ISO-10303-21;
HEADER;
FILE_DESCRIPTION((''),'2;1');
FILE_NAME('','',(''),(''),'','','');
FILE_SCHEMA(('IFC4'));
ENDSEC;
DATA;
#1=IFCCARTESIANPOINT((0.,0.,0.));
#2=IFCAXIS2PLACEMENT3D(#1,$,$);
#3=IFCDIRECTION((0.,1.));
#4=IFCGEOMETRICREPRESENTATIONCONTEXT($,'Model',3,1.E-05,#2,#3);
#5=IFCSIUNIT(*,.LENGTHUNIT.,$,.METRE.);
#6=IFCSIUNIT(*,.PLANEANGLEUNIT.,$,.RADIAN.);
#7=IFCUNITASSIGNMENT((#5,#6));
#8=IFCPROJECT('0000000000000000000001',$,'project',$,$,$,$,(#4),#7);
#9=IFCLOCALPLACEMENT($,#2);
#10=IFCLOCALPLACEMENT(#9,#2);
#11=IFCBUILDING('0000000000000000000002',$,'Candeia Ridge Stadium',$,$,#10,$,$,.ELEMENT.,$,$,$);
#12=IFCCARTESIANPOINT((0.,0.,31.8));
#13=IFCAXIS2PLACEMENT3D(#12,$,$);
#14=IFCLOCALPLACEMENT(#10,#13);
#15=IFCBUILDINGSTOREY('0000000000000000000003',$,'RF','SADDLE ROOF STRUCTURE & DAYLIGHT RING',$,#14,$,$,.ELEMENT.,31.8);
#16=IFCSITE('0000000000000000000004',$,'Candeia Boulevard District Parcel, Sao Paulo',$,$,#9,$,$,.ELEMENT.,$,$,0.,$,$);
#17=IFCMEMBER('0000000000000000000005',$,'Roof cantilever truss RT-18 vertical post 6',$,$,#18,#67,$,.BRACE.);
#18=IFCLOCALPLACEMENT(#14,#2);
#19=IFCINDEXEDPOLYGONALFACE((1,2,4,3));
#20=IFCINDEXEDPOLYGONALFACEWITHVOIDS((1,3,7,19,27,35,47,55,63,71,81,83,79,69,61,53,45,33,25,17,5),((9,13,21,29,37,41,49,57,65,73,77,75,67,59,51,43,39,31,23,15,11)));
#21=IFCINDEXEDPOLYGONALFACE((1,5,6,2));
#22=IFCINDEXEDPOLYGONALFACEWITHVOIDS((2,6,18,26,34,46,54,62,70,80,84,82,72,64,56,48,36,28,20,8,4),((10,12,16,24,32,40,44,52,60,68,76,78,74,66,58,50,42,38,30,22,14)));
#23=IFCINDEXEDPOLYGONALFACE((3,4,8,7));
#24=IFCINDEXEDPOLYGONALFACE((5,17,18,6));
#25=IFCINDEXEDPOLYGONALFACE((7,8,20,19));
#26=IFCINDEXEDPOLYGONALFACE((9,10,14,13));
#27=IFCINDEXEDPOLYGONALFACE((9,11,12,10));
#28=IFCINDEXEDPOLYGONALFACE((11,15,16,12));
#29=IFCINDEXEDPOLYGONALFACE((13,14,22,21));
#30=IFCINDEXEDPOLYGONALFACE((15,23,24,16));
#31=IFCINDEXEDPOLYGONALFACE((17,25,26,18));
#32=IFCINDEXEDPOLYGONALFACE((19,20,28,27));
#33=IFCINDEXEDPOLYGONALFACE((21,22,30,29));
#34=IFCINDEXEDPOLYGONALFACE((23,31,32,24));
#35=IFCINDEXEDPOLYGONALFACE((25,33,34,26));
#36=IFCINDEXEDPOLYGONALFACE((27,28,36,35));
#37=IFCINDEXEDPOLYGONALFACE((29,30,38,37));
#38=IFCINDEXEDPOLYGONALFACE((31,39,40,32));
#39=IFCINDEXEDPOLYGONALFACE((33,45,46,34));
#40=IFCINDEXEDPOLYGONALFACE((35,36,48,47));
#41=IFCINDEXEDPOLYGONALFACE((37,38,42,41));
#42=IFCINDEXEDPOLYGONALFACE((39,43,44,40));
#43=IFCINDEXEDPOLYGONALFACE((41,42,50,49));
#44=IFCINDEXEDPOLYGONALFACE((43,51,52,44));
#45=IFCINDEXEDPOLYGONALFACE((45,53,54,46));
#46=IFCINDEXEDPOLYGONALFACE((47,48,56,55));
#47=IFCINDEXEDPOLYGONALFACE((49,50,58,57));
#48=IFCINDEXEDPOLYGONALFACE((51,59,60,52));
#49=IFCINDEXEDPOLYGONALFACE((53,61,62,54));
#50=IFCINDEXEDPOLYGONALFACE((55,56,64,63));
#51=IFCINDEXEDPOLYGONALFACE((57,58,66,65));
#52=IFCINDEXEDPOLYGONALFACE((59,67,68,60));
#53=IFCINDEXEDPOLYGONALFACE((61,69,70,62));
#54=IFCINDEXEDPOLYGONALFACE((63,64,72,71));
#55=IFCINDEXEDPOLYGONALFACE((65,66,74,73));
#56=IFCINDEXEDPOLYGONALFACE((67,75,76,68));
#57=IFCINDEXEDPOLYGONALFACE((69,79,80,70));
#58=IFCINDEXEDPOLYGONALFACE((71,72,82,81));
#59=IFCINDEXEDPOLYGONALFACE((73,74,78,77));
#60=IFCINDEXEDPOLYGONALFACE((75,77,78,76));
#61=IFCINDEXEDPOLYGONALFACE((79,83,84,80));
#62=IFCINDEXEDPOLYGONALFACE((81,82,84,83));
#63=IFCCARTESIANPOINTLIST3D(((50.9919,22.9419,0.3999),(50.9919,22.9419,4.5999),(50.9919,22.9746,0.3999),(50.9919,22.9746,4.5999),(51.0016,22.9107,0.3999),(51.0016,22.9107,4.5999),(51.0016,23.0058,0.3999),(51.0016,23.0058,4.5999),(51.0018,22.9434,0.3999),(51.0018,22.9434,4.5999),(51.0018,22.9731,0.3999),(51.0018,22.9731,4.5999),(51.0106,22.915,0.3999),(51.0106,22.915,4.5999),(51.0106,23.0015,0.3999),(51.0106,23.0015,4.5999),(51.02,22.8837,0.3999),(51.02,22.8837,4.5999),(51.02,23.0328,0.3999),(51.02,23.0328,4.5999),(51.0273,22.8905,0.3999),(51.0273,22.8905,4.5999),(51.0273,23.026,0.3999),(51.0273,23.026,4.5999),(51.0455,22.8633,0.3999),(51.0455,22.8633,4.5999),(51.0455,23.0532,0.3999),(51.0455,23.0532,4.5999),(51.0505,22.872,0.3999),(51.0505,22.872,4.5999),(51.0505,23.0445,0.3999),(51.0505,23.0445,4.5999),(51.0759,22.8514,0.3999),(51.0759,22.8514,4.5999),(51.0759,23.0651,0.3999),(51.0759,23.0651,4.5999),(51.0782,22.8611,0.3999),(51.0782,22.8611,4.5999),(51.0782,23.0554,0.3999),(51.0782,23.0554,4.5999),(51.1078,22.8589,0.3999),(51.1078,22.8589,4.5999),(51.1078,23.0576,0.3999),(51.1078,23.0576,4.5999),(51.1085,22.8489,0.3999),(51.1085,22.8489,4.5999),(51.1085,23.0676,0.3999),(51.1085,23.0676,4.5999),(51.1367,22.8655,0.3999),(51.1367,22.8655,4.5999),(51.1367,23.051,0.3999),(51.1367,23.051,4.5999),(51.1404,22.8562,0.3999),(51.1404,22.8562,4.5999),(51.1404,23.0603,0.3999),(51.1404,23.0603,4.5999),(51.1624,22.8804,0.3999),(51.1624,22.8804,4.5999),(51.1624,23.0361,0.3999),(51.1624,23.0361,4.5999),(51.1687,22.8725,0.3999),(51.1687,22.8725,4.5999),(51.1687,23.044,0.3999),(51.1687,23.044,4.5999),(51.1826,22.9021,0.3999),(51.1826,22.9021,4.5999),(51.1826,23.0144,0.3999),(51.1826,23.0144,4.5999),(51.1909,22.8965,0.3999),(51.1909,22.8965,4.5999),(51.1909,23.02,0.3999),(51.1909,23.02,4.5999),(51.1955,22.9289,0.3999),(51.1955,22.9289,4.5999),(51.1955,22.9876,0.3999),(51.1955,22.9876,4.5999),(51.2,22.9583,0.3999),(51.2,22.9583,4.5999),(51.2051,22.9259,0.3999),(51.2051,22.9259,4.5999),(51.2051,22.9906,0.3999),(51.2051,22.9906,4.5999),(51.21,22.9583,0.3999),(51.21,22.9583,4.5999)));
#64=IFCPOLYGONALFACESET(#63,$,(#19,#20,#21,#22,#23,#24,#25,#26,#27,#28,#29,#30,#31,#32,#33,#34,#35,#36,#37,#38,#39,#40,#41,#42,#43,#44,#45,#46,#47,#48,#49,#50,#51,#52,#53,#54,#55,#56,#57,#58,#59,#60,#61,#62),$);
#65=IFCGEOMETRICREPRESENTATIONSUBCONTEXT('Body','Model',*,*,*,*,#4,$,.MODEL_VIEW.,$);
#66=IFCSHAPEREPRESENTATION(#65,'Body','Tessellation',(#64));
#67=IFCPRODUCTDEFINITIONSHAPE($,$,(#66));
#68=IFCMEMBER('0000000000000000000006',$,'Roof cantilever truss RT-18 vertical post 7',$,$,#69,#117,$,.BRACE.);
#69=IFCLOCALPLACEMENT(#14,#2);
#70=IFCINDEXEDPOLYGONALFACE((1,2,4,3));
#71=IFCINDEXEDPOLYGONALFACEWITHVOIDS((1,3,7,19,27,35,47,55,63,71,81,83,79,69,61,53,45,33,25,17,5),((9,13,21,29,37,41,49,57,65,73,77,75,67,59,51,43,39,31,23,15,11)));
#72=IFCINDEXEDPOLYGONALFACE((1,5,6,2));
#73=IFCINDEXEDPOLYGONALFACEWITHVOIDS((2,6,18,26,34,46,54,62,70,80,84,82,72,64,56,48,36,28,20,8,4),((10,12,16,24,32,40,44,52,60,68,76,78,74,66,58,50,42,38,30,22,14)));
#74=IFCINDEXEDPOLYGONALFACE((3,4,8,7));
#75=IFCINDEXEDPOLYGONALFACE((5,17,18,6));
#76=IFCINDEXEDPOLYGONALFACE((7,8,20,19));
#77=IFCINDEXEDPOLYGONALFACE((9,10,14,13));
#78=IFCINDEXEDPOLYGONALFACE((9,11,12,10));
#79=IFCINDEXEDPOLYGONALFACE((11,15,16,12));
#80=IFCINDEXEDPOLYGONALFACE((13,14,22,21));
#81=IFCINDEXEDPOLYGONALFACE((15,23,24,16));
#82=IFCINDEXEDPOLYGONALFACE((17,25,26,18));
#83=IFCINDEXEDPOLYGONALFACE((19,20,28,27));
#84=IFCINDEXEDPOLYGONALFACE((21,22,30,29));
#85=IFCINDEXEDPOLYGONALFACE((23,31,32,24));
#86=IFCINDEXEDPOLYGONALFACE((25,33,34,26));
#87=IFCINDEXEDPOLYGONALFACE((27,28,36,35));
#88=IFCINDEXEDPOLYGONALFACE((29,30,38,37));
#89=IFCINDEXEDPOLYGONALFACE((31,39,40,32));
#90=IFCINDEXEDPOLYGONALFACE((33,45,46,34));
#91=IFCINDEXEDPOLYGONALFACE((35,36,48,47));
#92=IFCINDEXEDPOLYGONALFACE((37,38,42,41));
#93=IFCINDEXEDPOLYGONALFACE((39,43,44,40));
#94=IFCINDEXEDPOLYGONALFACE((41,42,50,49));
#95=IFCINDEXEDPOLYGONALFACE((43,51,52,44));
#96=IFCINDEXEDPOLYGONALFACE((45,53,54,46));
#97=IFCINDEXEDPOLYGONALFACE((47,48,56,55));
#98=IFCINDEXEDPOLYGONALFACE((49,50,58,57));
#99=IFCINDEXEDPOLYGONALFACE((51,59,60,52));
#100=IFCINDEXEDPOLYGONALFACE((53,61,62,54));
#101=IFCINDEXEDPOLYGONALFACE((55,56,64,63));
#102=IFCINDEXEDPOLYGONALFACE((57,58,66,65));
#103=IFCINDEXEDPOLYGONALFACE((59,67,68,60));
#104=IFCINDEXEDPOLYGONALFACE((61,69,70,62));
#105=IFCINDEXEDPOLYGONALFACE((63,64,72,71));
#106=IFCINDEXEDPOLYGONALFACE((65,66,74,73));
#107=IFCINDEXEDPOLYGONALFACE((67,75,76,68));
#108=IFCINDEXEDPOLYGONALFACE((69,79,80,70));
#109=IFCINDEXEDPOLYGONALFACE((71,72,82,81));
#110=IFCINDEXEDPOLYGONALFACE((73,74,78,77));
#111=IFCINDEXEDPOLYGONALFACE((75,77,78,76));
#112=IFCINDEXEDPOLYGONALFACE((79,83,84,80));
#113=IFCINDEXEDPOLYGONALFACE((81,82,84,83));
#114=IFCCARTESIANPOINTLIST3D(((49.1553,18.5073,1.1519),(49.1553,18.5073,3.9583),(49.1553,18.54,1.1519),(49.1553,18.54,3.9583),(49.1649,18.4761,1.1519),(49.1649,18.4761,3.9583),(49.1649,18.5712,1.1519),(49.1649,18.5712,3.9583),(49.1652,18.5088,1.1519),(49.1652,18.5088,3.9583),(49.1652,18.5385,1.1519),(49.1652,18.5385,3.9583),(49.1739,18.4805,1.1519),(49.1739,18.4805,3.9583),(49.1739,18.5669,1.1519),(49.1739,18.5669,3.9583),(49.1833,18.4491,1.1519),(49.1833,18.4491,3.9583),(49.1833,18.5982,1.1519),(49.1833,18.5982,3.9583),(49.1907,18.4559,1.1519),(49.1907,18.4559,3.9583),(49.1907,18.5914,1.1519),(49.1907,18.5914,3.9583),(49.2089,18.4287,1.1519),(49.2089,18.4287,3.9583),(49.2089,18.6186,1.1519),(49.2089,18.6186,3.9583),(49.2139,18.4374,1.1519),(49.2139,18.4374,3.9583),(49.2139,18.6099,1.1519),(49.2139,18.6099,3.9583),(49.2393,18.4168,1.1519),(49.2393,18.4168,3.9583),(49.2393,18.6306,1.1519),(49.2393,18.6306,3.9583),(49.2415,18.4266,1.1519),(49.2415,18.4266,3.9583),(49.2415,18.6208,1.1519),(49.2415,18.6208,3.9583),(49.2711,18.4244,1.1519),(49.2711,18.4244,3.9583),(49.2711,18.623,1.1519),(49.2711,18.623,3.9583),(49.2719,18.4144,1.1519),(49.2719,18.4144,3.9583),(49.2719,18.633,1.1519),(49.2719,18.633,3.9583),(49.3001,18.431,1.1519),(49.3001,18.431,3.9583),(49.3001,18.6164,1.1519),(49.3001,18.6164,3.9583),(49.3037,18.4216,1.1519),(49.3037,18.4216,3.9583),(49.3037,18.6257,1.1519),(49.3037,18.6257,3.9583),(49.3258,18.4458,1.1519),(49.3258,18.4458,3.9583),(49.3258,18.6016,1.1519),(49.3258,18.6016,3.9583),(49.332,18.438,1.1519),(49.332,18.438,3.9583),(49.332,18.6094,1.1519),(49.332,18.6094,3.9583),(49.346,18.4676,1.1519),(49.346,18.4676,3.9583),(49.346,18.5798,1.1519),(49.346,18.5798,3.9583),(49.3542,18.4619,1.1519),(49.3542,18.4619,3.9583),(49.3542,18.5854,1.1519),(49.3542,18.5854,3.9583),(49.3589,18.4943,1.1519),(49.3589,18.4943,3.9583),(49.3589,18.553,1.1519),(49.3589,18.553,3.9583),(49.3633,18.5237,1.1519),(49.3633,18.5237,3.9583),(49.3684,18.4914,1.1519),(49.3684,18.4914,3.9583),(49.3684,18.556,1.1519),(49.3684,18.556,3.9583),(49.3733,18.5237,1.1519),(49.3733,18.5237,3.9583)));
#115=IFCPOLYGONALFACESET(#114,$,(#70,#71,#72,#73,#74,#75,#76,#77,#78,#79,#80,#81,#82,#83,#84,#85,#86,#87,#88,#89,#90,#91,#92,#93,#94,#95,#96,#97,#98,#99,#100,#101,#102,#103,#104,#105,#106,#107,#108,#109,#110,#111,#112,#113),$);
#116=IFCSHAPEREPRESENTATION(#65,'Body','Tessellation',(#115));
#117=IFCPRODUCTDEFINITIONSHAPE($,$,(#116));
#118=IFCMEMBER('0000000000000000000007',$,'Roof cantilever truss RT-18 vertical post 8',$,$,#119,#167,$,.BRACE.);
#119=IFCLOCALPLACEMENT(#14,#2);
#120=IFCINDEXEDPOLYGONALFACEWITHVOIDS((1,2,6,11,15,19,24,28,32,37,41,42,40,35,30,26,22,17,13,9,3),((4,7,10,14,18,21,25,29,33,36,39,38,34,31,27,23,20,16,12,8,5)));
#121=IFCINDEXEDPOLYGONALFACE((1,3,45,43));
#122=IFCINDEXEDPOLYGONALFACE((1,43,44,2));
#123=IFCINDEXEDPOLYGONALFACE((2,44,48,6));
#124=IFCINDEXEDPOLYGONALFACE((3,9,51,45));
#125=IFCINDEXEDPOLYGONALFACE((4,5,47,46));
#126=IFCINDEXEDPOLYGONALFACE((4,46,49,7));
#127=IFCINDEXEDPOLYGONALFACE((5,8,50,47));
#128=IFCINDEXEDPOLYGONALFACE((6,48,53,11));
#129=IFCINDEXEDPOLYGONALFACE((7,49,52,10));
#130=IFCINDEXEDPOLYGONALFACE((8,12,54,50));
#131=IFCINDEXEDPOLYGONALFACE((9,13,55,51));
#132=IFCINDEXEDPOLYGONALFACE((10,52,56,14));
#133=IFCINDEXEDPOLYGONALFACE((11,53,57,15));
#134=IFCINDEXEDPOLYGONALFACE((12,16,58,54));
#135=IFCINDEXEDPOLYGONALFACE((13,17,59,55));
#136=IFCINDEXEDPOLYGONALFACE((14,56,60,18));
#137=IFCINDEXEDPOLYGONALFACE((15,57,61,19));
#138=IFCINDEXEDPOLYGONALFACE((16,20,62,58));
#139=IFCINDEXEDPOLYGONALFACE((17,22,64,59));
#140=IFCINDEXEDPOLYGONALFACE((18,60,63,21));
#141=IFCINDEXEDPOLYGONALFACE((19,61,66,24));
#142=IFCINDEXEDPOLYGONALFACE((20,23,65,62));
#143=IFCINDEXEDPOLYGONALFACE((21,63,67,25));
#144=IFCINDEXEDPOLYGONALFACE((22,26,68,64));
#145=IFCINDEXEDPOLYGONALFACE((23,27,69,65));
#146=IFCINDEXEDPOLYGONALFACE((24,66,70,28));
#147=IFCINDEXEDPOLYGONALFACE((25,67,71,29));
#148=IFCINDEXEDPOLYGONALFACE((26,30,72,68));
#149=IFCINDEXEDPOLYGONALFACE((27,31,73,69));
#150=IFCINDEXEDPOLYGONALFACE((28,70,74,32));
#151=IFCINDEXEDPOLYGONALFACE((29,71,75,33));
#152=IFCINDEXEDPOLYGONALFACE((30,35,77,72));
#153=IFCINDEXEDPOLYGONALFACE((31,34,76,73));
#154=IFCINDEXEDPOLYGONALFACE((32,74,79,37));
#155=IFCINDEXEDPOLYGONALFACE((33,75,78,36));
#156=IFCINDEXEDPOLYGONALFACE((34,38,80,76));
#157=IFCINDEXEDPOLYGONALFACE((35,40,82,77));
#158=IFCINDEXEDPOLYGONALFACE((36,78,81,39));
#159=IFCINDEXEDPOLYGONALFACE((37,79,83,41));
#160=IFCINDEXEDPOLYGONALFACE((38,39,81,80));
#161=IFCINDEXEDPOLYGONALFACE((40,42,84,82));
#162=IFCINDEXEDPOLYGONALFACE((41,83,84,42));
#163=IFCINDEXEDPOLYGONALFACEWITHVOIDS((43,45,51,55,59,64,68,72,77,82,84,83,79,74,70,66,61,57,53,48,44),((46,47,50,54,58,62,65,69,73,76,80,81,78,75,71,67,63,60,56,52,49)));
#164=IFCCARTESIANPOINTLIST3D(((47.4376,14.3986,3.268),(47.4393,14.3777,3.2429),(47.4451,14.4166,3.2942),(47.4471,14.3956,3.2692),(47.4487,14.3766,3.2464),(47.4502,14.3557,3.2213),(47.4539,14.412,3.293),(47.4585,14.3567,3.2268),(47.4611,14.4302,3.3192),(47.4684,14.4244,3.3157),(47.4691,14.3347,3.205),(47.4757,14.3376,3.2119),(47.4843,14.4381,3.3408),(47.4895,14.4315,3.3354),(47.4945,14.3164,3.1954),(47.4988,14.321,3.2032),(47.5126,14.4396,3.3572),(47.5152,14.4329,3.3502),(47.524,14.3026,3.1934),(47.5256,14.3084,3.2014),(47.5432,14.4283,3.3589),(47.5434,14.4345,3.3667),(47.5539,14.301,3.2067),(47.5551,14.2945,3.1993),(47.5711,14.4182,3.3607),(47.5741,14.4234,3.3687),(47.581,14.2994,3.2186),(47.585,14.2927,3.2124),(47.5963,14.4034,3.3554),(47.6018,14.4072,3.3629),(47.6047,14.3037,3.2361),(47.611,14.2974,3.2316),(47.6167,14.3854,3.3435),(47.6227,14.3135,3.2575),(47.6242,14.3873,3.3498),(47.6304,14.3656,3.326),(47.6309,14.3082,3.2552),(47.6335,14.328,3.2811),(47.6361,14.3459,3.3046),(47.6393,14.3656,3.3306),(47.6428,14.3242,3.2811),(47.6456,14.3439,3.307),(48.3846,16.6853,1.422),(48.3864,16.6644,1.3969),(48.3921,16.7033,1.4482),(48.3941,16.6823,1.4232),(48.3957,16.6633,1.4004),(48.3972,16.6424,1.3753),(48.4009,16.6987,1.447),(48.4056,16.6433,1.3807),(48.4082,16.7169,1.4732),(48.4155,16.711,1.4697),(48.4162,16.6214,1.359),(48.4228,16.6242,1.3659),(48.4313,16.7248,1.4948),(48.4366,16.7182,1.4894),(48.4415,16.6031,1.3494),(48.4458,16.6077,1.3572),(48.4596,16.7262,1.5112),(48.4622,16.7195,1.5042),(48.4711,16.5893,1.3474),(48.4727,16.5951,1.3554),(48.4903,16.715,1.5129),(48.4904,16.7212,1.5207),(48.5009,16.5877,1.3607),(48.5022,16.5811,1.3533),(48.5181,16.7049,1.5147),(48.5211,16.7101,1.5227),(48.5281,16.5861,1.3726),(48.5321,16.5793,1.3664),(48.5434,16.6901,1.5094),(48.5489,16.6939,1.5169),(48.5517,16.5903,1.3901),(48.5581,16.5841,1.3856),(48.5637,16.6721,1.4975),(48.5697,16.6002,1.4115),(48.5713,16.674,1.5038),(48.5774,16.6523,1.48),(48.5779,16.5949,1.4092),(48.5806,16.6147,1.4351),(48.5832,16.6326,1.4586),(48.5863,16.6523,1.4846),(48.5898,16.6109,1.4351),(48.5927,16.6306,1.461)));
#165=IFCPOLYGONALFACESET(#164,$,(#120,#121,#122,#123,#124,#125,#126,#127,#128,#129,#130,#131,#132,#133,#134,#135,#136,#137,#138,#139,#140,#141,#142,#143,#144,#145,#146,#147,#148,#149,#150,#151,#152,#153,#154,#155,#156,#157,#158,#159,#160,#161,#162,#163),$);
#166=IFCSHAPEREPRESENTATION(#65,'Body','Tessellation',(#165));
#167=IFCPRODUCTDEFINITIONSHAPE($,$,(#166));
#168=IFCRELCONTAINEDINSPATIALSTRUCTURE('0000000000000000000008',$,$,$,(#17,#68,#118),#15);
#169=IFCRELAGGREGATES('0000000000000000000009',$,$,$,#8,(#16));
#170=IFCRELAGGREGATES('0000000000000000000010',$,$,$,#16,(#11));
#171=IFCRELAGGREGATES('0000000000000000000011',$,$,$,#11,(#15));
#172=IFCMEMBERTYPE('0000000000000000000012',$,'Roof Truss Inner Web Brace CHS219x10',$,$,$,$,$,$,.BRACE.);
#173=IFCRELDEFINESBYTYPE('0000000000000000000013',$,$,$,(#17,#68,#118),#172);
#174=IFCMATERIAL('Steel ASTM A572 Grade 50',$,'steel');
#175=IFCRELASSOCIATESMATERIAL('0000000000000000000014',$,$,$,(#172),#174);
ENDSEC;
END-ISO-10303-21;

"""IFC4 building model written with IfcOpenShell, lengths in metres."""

from ifc_helpers import new_model, si_unit, direction, frame, origin, origin_2d, place, context, subcontext, project, spatial, hollow_circle, extrude, material, material_profile, profile_set, type_object, element, save


model = new_model("IFC4")

# Units and contexts
model_context = context("Model", 3, precision=1e-05, world=origin(), true_north=direction((0.0, 1.0)))
body_context = subcontext(model_context, "Body", "Model", "MODEL_VIEW")
ifc_project = project(units=[si_unit("LENGTHUNIT", "METRE"), si_unit("PLANEANGLEUNIT", "RADIAN")], contexts=[model_context])

# Site, building, storey
site_placement = place(None, origin())
site = spatial("IfcSite", under=ifc_project, at=site_placement, Name="Candeia Boulevard District Parcel, Sao Paulo", CompositionType="ELEMENT", RefElevation=0.0)
building_placement = place(site_placement, origin())
building = spatial("IfcBuilding", under=site, at=building_placement, Name="Candeia Ridge Stadium", CompositionType="ELEMENT")
storey_placement = place(building_placement, frame((0.0, 0.0, 31.8)))
storey = spatial("IfcBuildingStorey", under=building, at=storey_placement, Name="RF", Description="SADDLE ROOF STRUCTURE & DAYLIGHT RING", CompositionType="ELEMENT", Elevation=31.8)

# Shared definitions
ifc_material_1 = material(Name="Steel ASTM A572 Grade 50", Category="steel")

# Members
ifc_material_profile_1 = material_profile(ifc_material_1, hollow_circle(Radius=0.1096, WallThickness=0.01, at=origin_2d()), Name="CHS219x10", Category="steel")
ifc_profile_set_1 = profile_set([ifc_material_profile_1], Name="Steel ASTM A572 Grade 50")
member_type_1 = type_object("IfcMemberType", Name="Roof Truss Inner Web Brace CHS219x10", PredefinedType="BRACE", material=ifc_profile_set_1)
member_1_placement = place(storey_placement, frame((51.1003, 22.9583, 0.3999), z_axis=(0.0, 0.0, 1.0), x_axis=(1.0, 0.0, 0.0)))
element("IfcMember", 1, at=member_1_placement, inside=storey, type_object=member_type_1, Name="Roof cantilever truss RT-18 vertical post 6", PredefinedType="BRACE", context=body_context, shape_type="SweptSolid", body=[
    extrude(hollow_circle(Radius=0.1096, WallThickness=0.01, at=origin_2d()), origin(), (0.0, 0.0, 1.0), 4.2),
])
member_2_placement = place(storey_placement, frame((49.2637, 18.5237, 1.1519), z_axis=(0.0, 0.0, 1.0), x_axis=(1.0, 0.0, 0.0)))
element("IfcMember", 2, at=member_2_placement, inside=storey, type_object=member_type_1, Name="Roof cantilever truss RT-18 vertical post 7", PredefinedType="BRACE", context=body_context, shape_type="SweptSolid", body=[
    extrude(hollow_circle(Radius=0.1096, WallThickness=0.01, at=origin_2d()), origin(), (0.0, 0.0, 1.0), 2.8064),
])
member_3_placement = place(storey_placement, frame((48.4885, 16.6528, 1.4351), z_axis=(-0.306722, -0.740592, 0.597867), x_axis=(0.923898, -0.382639, 0.0)))
element("IfcMember", 3, at=member_3_placement, inside=storey, type_object=member_type_1, Name="Roof cantilever truss RT-18 vertical post 8", PredefinedType="BRACE", context=body_context, shape_type="SweptSolid", body=[
    extrude(hollow_circle(Radius=0.1096, WallThickness=0.01, at=origin_2d()), origin(), (0.0, 0.0, 1.0), 3.0876),
])

save(model, "model.ifc")
